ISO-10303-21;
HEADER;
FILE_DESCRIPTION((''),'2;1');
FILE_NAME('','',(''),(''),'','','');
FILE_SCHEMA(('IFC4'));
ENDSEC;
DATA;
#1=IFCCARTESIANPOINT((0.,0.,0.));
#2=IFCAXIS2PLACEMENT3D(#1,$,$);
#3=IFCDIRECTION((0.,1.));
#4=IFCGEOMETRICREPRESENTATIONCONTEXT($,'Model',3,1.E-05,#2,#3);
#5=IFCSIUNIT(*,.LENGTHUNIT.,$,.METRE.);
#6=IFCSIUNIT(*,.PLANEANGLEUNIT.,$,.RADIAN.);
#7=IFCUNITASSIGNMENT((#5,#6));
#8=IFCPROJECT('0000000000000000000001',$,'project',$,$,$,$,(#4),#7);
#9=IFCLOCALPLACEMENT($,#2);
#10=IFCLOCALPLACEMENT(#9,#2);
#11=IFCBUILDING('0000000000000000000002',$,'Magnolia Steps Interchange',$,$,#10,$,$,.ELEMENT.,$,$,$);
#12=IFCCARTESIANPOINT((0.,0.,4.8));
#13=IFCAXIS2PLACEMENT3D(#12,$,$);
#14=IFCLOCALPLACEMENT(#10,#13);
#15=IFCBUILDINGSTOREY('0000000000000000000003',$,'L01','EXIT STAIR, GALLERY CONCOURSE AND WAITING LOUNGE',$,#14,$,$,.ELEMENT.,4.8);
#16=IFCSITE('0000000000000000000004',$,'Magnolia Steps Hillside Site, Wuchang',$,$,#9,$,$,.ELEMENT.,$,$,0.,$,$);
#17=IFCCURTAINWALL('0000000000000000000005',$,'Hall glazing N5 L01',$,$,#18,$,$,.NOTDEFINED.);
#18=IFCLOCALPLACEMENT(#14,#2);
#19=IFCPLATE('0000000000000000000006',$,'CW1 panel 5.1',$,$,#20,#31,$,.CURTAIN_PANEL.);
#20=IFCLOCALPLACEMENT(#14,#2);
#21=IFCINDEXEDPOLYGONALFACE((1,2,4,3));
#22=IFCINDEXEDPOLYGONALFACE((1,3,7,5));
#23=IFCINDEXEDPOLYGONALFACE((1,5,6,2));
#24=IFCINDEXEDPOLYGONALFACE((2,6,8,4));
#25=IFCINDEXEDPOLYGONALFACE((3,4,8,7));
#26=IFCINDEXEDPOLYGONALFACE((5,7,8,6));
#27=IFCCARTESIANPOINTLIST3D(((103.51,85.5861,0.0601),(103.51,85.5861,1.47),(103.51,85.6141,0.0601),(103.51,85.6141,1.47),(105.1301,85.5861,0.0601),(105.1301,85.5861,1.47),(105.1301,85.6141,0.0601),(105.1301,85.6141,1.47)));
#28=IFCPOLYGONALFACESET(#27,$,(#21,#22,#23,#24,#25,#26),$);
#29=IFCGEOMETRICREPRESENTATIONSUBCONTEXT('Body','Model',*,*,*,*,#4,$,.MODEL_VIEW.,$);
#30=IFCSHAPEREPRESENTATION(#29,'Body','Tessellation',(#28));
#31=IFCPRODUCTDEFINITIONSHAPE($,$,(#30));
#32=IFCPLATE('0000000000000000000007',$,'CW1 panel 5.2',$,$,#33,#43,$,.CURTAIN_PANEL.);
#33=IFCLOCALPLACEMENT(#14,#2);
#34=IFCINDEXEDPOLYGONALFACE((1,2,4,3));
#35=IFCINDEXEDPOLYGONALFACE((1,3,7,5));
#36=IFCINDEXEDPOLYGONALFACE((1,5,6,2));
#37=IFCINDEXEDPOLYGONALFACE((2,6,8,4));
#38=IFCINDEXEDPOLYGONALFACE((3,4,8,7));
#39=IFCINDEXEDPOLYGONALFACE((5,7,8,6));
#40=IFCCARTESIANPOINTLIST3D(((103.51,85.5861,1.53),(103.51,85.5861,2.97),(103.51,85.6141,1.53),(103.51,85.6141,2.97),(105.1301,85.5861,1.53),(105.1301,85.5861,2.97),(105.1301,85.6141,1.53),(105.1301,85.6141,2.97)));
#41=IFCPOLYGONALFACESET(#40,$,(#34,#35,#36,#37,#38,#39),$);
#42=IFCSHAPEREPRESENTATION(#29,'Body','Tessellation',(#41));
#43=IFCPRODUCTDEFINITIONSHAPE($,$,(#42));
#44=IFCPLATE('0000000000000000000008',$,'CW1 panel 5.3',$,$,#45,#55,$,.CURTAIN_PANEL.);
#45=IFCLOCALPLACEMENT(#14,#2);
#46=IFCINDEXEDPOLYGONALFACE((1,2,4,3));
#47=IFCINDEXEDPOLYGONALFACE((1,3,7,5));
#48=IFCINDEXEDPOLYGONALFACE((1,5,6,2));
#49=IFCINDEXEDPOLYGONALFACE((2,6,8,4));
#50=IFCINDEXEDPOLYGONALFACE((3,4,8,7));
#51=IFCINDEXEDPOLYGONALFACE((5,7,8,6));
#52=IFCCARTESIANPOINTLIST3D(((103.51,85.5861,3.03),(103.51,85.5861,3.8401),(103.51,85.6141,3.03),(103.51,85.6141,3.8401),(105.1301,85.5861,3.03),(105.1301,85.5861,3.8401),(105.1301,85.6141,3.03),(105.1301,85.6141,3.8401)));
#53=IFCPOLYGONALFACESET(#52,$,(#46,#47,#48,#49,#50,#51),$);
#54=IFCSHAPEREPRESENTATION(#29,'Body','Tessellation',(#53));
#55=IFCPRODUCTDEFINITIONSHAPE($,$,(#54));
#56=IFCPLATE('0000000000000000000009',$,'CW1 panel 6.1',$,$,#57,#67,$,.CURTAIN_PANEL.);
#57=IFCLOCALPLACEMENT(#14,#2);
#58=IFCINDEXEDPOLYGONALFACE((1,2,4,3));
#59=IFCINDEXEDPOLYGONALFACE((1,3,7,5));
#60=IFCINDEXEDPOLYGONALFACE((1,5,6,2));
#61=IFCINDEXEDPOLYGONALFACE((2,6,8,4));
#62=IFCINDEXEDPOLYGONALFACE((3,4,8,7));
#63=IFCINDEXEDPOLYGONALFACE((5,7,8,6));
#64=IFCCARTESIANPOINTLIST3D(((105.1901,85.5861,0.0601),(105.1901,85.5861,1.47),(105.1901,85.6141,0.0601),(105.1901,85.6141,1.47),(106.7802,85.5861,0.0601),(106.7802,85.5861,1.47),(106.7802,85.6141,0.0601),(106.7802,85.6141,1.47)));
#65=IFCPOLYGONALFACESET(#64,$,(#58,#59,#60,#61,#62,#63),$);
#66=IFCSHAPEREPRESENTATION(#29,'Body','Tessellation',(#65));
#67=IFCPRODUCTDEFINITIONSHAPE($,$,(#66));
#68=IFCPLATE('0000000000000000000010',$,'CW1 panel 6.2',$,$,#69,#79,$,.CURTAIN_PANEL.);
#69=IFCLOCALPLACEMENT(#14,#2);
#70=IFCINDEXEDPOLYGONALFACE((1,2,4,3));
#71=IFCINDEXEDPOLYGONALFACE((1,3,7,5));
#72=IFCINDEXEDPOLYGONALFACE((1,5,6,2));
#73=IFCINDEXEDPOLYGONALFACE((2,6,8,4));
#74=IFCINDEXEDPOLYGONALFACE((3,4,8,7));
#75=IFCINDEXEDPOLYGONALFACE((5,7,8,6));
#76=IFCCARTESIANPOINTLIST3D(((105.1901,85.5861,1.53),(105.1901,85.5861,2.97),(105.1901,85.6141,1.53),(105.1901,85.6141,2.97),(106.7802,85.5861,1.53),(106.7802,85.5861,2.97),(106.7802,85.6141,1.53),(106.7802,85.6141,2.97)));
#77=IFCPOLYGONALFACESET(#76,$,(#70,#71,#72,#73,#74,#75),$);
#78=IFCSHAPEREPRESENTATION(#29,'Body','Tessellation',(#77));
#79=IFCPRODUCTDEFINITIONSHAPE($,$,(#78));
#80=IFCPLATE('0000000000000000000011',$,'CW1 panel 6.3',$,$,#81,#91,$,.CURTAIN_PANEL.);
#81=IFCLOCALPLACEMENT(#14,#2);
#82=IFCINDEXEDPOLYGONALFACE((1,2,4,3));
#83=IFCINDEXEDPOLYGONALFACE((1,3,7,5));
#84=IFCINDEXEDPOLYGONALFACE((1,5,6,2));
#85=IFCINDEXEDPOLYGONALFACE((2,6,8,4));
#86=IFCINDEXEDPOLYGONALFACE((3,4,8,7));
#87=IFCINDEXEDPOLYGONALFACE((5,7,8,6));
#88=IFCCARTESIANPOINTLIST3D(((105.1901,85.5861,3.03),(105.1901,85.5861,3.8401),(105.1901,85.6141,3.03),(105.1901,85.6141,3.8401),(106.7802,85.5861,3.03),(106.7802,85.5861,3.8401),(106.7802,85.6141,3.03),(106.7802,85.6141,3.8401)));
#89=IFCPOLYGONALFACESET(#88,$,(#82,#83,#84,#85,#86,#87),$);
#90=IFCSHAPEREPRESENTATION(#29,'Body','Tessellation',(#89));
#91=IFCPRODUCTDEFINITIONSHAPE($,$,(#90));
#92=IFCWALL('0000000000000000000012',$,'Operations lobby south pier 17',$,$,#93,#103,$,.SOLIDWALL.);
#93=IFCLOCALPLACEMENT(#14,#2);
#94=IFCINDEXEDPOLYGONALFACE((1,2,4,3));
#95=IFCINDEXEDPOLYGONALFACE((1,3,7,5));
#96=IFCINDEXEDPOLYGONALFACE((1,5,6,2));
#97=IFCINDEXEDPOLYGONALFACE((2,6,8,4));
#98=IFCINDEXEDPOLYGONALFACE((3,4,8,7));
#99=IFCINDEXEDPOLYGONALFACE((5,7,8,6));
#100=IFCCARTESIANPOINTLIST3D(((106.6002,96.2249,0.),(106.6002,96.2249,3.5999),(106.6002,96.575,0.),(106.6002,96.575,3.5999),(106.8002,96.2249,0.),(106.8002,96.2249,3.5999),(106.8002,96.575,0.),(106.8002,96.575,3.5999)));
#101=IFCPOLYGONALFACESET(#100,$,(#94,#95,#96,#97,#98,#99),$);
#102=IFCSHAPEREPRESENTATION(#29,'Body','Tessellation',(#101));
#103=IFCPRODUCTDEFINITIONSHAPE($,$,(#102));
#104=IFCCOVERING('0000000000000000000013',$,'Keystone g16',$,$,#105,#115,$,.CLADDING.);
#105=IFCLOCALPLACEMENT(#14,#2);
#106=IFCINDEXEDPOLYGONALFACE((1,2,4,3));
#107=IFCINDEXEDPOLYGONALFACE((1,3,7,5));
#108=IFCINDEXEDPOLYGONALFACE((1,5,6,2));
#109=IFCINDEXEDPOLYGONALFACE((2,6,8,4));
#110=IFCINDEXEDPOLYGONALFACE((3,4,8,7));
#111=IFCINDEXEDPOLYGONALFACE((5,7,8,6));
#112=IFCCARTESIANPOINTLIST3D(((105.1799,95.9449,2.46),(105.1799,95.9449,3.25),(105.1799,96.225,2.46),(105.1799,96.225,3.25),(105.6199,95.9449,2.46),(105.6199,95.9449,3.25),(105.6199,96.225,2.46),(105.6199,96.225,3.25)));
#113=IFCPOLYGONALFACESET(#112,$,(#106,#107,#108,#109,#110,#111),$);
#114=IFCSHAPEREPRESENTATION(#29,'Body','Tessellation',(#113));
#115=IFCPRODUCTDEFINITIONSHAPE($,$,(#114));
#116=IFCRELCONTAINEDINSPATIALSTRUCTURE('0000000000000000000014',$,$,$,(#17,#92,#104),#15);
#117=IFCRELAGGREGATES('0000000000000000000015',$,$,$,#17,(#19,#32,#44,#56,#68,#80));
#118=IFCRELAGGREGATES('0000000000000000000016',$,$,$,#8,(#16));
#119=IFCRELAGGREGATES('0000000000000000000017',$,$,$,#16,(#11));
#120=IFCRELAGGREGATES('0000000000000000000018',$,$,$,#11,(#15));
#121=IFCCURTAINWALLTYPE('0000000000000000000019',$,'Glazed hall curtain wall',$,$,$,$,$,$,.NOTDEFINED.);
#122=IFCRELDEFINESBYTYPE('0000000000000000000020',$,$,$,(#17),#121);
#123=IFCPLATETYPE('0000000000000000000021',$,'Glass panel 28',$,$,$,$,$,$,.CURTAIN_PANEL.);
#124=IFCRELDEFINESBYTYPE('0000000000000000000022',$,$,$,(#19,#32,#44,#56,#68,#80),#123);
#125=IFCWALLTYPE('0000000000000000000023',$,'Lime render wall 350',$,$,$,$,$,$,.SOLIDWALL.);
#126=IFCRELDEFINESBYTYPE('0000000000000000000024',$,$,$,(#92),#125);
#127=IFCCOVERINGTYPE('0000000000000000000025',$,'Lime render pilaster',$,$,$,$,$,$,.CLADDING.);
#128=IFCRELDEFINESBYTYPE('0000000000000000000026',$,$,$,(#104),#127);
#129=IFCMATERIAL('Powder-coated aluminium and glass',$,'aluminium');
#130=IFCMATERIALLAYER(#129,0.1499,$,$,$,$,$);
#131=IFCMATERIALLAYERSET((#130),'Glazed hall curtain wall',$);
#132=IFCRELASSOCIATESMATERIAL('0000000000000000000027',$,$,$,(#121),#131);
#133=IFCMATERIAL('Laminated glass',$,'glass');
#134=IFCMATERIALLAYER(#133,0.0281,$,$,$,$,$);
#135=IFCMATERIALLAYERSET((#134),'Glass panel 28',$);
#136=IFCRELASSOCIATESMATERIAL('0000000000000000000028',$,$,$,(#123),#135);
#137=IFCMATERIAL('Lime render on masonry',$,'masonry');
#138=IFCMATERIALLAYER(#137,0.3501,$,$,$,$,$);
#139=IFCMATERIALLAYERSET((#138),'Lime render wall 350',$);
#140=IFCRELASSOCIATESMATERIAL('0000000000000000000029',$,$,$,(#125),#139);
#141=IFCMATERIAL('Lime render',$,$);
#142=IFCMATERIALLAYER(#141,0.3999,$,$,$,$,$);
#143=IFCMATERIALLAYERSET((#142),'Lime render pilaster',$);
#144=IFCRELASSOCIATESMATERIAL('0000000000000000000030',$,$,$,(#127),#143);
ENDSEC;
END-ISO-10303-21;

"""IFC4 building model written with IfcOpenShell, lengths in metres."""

from ifc_helpers import new_model, si_unit, direction, frame, frame_2d, origin, origin_2d, place, context, subcontext, project, spatial, rectangle, extrude, material, layer, layer_set, type_object, element, aggregate, save


model = new_model("IFC4")

# Units and contexts
model_context = context("Model", 3, precision=1e-05, world=origin(), true_north=direction((0.0, 1.0)))
body_context = subcontext(model_context, "Body", "Model", "MODEL_VIEW")
ifc_project = project(units=[si_unit("LENGTHUNIT", "METRE"), si_unit("PLANEANGLEUNIT", "RADIAN")], contexts=[model_context])

# Site, building, storey
site_placement = place(None, origin())
site = spatial("IfcSite", under=ifc_project, at=site_placement, Name="Magnolia Steps Hillside Site, Wuchang", CompositionType="ELEMENT", RefElevation=0.0)
building_placement = place(site_placement, origin())
building = spatial("IfcBuilding", under=site, at=building_placement, Name="Magnolia Steps Interchange", CompositionType="ELEMENT")
storey_placement = place(building_placement, frame((0.0, 0.0, 4.8)))
storey = spatial("IfcBuildingStorey", under=building, at=storey_placement, Name="L01", Description="EXIT STAIR, GALLERY CONCOURSE AND WAITING LOUNGE", CompositionType="ELEMENT", Elevation=4.8)

# Curtain wall
ifc_material_1 = material(Name="Powder-coated aluminium and glass", Category="aluminium")
ifc_layer_1 = layer(ifc_material_1, 0.1499)
ifc_layer_set_1 = layer_set([ifc_layer_1], Name="Glazed hall curtain wall")
curtain_wall_type_1 = type_object("IfcCurtainWallType", Name="Glazed hall curtain wall", PredefinedType="NOTDEFINED", material=ifc_layer_set_1)
curtain_wall_1_placement = place(storey_placement, origin())
curtain_wall_1 = element("IfcCurtainWall", 1, at=curtain_wall_1_placement, inside=storey, type_object=curtain_wall_type_1, Name="Hall glazing N5 L01", PredefinedType="NOTDEFINED")

# Plates
ifc_material_2 = material(Name="Laminated glass", Category="glass")
ifc_layer_2 = layer(ifc_material_2, 0.0281)
ifc_layer_set_2 = layer_set([ifc_layer_2], Name="Glass panel 28")
plate_type = type_object("IfcPlateType", Name="Glass panel 28", PredefinedType="CURTAIN_PANEL", material=ifc_layer_set_2)
plate_1_placement = place(storey_placement, frame((104.3201, 85.6001, 0.0601), z_axis=(0.0, 0.0, 1.0), x_axis=(1.0, 0.0, 0.0)))
plate_1 = element("IfcPlate", 2, at=plate_1_placement, type_object=plate_type, Name="CW1 panel 5.1", PredefinedType="CURTAIN_PANEL", context=body_context, shape_type="SweptSolid", body=[
    extrude(rectangle(XDim=1.6201, YDim=0.0281, at=origin_2d()), origin(), (0.0, 0.0, 1.0), 1.4099),
])
plate_2_placement = place(storey_placement, frame((104.3201, 85.6001, 1.53), z_axis=(0.0, 0.0, 1.0), x_axis=(1.0, 0.0, 0.0)))
plate_2 = element("IfcPlate", 3, at=plate_2_placement, type_object=plate_type, Name="CW1 panel 5.2", PredefinedType="CURTAIN_PANEL", context=body_context, shape_type="SweptSolid", body=[
    extrude(rectangle(XDim=1.6201, YDim=0.0281, at=origin_2d()), origin(), (0.0, 0.0, 1.0), 1.4399),
])
plate_3_placement = place(storey_placement, frame((104.3201, 85.6001, 3.03), z_axis=(0.0, 0.0, 1.0), x_axis=(1.0, 0.0, 0.0)))
plate_3 = element("IfcPlate", 4, at=plate_3_placement, type_object=plate_type, Name="CW1 panel 5.3", PredefinedType="CURTAIN_PANEL", context=body_context, shape_type="SweptSolid", body=[
    extrude(rectangle(XDim=1.6201, YDim=0.0281, at=origin_2d()), origin(), (0.0, 0.0, 1.0), 0.8101),
])
plate_4_placement = place(storey_placement, frame((105.9851, 85.6001, 0.0601), z_axis=(0.0, 0.0, 1.0), x_axis=(1.0, 0.0, 0.0)))
plate_4 = element("IfcPlate", 5, at=plate_4_placement, type_object=plate_type, Name="CW1 panel 6.1", PredefinedType="CURTAIN_PANEL", context=body_context, shape_type="SweptSolid", body=[
    extrude(rectangle(XDim=1.5901, YDim=0.0281, at=origin_2d()), origin(), (0.0, 0.0, 1.0), 1.4099),
])
plate_5_placement = place(storey_placement, frame((105.9851, 85.6001, 1.53), z_axis=(0.0, 0.0, 1.0), x_axis=(1.0, 0.0, 0.0)))
plate_5 = element("IfcPlate", 6, at=plate_5_placement, type_object=plate_type, Name="CW1 panel 6.2", PredefinedType="CURTAIN_PANEL", context=body_context, shape_type="SweptSolid", body=[
    extrude(rectangle(XDim=1.5901, YDim=0.0281, at=origin_2d()), origin(), (0.0, 0.0, 1.0), 1.4399),
])
plate_6_placement = place(storey_placement, frame((105.9851, 85.6001, 3.03), z_axis=(0.0, 0.0, 1.0), x_axis=(1.0, 0.0, 0.0)))
plate_6 = element("IfcPlate", 7, at=plate_6_placement, type_object=plate_type, Name="CW1 panel 6.3", PredefinedType="CURTAIN_PANEL", context=body_context, shape_type="SweptSolid", body=[
    extrude(rectangle(XDim=1.5901, YDim=0.0281, at=origin_2d()), origin(), (0.0, 0.0, 1.0), 0.8101),
])
aggregate(curtain_wall_1, [plate_1, plate_2, plate_3, plate_4, plate_5, plate_6])

# Wall
ifc_material_3 = material(Name="Lime render on masonry", Category="masonry")
ifc_layer_3 = layer(ifc_material_3, 0.3501)
ifc_layer_set_3 = layer_set([ifc_layer_3], Name="Lime render wall 350")
wall_type = type_object("IfcWallType", Name="Lime render wall 350", PredefinedType="SOLIDWALL", material=ifc_layer_set_3)
wall_placement = place(storey_placement, frame((106.6001, 96.3999, 0.0), z_axis=(0.0, 0.0, 1.0), x_axis=(1.0, 0.0, 0.0)))
element("IfcWall", 8, at=wall_placement, inside=storey, type_object=wall_type, Name="Operations lobby south pier 17", PredefinedType="SOLIDWALL", context=body_context, shape_type="SweptSolid", body=[
    extrude(rectangle(XDim=0.2, YDim=0.3501, at=frame_2d((0.1001, 0.0))), origin(), (0.0, 0.0, 1.0), 3.5999),
])

# Covering
ifc_material_4 = material(Name="Lime render")
ifc_layer_4 = layer(ifc_material_4, 0.3999)
ifc_layer_set_4 = layer_set([ifc_layer_4], Name="Lime render pilaster")
covering_type = type_object("IfcCoveringType", Name="Lime render pilaster", PredefinedType="CLADDING", material=ifc_layer_set_4)
covering_placement = place(storey_placement, frame((105.3999, 96.085, 2.46), z_axis=(0.0, 0.0, 1.0), x_axis=(1.0, 0.0, 0.0)))
element("IfcCovering", 9, at=covering_placement, inside=storey, type_object=covering_type, Name="Keystone g16", PredefinedType="CLADDING", context=body_context, shape_type="SweptSolid", body=[
    extrude(rectangle(XDim=0.4399, YDim=0.28, at=origin_2d()), origin(), (0.0, 0.0, 1.0), 0.79),
])

save(model, "model.ifc")
